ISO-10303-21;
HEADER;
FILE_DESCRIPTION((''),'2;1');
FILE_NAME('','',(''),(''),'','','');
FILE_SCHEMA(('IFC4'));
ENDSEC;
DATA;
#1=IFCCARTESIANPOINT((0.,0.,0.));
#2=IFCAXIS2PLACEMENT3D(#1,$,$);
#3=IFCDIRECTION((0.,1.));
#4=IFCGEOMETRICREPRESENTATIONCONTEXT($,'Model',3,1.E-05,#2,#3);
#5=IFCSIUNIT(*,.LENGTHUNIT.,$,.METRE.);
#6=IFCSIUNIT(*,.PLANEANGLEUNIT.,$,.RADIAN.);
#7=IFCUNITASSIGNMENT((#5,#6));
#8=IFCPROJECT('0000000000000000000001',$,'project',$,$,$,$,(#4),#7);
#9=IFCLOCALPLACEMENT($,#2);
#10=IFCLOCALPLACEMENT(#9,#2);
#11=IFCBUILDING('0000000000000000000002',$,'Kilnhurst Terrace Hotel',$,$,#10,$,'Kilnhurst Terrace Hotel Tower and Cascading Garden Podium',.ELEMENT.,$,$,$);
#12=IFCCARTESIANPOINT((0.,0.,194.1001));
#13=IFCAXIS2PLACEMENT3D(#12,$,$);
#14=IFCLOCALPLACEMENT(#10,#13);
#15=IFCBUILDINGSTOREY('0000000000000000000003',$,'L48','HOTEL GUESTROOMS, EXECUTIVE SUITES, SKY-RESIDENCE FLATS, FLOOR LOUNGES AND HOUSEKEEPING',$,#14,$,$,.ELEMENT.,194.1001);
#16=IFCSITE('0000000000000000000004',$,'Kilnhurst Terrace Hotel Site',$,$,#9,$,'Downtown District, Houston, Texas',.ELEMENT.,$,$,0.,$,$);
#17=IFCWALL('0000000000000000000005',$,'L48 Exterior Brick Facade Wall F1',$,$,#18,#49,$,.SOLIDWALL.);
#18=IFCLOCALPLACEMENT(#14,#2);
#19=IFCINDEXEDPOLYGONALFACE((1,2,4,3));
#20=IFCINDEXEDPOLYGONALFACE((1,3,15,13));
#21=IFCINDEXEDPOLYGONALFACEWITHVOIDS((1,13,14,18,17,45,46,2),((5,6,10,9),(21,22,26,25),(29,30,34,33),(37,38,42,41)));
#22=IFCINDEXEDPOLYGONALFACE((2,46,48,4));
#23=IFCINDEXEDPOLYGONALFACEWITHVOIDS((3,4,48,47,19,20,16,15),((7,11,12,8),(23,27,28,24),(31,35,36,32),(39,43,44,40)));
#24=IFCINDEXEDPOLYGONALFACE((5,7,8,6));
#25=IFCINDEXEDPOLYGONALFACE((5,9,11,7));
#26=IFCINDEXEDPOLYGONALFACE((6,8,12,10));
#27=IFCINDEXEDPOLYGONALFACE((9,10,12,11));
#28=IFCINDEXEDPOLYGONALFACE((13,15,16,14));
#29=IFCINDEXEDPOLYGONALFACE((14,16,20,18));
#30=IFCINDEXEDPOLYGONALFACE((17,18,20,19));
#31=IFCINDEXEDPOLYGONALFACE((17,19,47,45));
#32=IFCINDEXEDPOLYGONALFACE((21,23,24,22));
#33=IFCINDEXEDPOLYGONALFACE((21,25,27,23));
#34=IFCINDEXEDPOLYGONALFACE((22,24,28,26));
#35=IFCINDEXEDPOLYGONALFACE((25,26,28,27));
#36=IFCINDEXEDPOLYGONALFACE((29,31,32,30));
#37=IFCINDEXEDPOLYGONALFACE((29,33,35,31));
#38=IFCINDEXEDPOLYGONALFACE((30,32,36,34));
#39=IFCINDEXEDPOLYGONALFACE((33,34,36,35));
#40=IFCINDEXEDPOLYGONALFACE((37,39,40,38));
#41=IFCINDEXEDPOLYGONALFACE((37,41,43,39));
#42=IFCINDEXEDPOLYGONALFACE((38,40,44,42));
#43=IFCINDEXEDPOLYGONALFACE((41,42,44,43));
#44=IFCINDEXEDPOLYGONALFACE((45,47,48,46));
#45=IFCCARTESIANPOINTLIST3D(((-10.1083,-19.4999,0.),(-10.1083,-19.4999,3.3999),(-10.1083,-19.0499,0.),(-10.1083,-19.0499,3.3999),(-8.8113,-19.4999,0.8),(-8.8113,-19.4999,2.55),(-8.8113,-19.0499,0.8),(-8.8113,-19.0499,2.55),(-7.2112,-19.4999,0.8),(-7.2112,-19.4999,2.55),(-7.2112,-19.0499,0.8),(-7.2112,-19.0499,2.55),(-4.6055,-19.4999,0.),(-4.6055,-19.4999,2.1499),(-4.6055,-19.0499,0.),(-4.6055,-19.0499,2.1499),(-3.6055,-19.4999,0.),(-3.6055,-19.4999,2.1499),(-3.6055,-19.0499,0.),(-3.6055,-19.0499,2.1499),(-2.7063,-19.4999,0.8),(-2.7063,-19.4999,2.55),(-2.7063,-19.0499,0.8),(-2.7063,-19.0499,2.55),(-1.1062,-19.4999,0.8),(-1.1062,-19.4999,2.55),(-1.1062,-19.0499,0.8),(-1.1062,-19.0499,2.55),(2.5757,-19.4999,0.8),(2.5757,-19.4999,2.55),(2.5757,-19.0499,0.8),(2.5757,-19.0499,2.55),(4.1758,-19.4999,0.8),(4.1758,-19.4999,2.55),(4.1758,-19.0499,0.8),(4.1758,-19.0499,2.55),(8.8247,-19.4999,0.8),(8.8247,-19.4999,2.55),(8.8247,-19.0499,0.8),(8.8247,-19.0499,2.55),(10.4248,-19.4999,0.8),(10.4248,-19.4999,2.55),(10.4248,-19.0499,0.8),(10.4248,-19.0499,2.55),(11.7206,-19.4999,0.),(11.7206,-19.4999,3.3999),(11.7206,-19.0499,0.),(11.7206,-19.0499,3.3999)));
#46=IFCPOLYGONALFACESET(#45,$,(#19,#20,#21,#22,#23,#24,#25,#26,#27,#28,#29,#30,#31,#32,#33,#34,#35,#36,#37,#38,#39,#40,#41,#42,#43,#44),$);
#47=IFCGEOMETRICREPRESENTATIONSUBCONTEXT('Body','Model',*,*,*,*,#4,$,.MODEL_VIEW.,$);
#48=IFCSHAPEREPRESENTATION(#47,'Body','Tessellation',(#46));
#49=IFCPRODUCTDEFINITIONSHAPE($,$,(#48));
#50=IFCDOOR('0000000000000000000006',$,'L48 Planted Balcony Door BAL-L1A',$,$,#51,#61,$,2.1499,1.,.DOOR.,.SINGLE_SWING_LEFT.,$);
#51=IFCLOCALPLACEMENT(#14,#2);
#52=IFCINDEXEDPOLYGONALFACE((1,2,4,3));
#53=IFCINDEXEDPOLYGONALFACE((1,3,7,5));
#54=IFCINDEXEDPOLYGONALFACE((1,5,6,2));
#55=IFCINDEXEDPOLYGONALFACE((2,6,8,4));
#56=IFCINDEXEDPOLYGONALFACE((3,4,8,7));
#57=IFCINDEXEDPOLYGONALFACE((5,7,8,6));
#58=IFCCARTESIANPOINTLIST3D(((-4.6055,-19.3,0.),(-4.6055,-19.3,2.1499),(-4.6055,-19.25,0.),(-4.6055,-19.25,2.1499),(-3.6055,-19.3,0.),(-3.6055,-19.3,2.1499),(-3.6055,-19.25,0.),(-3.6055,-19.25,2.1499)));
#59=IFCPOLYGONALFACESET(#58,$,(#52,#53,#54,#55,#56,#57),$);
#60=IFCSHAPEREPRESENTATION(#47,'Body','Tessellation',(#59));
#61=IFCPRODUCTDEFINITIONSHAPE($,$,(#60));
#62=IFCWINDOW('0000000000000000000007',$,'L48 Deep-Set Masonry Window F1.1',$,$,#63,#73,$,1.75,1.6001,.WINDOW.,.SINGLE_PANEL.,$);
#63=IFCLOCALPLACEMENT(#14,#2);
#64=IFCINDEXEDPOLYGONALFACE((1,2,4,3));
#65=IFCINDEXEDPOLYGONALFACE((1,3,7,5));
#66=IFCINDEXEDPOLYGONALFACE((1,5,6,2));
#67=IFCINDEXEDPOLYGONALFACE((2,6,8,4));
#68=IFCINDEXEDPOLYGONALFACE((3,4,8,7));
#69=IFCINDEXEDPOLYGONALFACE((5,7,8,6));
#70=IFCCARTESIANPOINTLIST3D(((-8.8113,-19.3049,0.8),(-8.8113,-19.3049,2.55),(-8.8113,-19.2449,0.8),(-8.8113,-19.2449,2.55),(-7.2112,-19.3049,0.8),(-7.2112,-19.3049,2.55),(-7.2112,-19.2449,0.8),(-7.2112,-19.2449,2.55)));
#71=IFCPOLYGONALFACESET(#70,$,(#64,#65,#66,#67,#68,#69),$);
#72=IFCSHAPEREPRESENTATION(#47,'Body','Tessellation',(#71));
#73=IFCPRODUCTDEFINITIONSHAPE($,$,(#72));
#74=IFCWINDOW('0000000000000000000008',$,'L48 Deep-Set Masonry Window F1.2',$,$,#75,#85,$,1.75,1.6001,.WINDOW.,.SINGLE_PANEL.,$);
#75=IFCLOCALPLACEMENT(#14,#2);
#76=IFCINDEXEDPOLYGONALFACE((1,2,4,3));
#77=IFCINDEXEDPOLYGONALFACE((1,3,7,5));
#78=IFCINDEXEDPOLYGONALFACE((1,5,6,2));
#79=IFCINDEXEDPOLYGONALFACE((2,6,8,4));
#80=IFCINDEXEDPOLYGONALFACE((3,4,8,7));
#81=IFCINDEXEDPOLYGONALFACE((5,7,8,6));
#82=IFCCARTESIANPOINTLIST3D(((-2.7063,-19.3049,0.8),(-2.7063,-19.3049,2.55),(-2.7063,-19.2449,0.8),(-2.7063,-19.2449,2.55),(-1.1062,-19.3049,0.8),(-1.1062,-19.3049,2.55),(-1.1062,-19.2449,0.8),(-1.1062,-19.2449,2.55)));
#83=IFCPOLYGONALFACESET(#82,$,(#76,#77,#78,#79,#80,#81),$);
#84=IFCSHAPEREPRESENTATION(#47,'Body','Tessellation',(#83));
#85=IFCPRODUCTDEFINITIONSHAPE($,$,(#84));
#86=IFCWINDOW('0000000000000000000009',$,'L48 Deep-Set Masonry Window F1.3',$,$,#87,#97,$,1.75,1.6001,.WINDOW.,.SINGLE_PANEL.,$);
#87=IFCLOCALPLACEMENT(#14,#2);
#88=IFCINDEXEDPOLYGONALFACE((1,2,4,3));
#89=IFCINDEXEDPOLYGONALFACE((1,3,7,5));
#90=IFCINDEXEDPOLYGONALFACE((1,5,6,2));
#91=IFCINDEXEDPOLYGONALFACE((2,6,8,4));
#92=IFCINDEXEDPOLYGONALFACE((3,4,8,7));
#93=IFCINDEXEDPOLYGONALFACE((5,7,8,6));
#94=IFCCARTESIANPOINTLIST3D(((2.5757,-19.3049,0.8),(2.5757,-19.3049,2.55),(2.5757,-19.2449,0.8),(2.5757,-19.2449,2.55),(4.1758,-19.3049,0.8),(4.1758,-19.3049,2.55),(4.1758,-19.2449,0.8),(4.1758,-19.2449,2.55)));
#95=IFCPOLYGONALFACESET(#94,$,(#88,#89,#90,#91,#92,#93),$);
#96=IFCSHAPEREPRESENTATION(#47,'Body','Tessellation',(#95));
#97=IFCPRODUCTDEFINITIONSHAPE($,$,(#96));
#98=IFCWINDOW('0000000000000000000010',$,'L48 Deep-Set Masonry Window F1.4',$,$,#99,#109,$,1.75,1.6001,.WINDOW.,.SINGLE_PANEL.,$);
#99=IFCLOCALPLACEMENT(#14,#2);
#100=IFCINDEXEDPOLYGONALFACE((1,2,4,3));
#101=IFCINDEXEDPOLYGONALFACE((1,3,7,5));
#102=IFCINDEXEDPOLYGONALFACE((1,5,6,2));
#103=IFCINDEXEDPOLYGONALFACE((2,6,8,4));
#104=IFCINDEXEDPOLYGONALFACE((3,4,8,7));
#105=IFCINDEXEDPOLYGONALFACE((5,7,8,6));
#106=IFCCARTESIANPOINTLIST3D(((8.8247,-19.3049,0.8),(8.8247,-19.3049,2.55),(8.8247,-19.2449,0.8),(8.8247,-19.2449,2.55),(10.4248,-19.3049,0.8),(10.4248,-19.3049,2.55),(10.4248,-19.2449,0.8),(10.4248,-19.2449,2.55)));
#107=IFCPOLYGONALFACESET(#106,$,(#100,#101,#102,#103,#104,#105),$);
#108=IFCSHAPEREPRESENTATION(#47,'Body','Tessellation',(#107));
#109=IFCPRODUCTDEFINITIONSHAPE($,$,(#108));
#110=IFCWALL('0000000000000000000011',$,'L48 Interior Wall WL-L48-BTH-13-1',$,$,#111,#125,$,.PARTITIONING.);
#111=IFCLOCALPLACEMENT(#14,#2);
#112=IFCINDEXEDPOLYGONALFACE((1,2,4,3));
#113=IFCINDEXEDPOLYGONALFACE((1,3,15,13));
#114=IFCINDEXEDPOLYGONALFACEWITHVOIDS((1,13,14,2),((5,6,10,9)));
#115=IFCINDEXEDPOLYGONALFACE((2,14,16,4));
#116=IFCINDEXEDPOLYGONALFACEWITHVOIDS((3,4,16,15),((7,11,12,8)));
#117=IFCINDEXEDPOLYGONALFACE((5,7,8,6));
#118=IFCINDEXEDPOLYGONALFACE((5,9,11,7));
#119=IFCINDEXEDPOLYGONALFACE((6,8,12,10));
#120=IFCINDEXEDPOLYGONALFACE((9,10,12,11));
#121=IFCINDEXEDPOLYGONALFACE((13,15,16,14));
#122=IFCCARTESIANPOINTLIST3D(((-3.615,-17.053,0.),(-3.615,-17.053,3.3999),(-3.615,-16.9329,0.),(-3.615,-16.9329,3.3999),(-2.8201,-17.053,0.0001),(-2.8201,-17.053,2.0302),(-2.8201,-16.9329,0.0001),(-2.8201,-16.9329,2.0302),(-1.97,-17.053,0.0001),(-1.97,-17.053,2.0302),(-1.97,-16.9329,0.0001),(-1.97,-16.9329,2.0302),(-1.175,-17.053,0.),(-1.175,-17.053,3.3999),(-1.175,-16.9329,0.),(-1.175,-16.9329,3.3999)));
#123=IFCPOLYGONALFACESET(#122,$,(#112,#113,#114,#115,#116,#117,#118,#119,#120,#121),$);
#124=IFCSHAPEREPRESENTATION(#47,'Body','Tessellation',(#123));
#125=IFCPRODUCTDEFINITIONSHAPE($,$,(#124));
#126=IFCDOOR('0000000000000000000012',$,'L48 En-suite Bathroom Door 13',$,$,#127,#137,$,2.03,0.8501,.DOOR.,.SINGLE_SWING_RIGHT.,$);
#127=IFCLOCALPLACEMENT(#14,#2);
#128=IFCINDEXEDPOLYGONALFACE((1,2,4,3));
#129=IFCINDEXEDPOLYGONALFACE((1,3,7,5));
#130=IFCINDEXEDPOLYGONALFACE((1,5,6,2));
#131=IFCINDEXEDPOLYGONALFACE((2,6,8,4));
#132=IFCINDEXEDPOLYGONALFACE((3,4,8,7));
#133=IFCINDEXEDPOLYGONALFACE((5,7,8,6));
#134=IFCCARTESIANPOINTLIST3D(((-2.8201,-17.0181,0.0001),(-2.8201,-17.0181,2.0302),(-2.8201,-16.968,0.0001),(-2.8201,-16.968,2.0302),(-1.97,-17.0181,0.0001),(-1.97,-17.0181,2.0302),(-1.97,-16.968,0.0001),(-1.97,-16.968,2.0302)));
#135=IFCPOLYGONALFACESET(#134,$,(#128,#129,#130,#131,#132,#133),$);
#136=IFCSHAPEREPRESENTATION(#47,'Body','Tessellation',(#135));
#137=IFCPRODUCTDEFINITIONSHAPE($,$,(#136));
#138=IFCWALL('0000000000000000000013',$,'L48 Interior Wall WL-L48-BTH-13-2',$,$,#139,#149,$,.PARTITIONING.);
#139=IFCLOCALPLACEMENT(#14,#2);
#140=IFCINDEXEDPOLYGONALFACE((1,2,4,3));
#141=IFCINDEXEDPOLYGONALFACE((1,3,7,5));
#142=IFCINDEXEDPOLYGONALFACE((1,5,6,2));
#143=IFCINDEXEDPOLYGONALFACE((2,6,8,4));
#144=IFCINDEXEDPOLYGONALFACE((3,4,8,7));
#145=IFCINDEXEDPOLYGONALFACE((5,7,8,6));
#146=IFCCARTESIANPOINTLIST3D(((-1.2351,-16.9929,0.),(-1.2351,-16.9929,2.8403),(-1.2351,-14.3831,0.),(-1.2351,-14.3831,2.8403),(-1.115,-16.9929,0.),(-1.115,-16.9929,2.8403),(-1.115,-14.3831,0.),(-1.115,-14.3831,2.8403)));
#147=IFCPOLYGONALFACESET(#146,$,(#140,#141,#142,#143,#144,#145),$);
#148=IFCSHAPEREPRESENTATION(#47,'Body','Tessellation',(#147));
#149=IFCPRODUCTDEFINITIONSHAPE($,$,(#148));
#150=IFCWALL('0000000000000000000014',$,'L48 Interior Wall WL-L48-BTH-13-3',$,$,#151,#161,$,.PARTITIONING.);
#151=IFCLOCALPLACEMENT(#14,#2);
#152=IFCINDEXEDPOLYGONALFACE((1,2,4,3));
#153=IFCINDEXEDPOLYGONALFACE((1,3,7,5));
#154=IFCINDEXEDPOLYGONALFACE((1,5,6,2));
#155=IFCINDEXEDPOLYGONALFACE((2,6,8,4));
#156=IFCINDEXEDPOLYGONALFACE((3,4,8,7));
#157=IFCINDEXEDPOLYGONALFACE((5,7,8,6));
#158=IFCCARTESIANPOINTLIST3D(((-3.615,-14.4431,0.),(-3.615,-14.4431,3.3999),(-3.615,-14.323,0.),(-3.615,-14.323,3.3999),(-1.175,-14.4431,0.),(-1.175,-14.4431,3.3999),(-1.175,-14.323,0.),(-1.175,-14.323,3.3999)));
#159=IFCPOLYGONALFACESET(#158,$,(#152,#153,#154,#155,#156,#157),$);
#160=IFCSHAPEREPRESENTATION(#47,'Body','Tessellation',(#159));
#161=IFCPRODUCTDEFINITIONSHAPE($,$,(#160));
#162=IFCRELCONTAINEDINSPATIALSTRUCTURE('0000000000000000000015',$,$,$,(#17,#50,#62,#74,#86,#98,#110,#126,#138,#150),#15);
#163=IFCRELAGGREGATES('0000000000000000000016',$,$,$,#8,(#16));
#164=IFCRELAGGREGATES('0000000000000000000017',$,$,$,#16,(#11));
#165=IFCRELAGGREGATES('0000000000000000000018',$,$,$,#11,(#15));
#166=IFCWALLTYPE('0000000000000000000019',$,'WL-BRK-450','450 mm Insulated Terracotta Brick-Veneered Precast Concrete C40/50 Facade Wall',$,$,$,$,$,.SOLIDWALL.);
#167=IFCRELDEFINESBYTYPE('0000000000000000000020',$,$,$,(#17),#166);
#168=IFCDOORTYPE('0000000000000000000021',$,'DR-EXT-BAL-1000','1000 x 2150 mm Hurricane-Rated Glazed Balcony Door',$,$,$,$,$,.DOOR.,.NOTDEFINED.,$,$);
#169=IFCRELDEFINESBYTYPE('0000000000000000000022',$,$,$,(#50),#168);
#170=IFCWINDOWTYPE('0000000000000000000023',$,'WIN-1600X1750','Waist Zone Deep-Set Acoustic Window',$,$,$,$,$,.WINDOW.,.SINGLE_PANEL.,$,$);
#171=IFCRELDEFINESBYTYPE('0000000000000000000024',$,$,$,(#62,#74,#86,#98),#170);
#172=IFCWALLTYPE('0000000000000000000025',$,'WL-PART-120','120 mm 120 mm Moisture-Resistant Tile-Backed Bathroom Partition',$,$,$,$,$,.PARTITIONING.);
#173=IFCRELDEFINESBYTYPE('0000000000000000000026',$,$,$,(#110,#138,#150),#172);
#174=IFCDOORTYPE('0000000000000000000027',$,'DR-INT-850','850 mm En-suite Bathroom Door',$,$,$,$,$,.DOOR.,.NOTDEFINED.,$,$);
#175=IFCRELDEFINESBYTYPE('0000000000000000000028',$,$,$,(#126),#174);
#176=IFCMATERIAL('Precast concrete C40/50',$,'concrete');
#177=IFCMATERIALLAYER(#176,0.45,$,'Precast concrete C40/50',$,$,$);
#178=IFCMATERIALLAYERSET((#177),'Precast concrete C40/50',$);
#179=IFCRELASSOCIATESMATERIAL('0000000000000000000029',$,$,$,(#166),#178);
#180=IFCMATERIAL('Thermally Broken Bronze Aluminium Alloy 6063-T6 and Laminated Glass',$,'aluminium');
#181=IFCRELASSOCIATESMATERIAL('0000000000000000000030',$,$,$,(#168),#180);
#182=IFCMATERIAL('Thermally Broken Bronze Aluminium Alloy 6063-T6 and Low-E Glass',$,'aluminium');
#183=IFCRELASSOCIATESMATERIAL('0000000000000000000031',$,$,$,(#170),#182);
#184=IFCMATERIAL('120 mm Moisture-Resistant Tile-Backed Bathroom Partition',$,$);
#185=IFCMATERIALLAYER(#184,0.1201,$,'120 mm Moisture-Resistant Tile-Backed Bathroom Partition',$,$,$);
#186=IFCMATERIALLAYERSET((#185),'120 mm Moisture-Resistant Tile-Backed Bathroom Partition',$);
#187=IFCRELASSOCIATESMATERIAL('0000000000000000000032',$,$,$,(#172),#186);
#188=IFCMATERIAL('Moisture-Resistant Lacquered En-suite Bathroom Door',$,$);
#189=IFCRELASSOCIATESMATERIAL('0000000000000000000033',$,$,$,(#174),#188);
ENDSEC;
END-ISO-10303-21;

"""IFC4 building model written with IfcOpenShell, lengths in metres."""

from ifc_helpers import new_model, si_unit, direction, frame, frame_2d, origin, place, context, subcontext, project, spatial, rectangle, extrude, material, layer, layer_set, type_object, element, fill, save


model = new_model("IFC4")

# Units and contexts
model_context = context("Model", 3, precision=1e-05, world=origin(), true_north=direction((0.0, 1.0)))
body_context = subcontext(model_context, "Body", "Model", "MODEL_VIEW")
ifc_project = project(units=[si_unit("LENGTHUNIT", "METRE"), si_unit("PLANEANGLEUNIT", "RADIAN")], contexts=[model_context])

# Site, building, storey
site_placement = place(None, origin())
site = spatial("IfcSite", under=ifc_project, at=site_placement, Name="Kilnhurst Terrace Hotel Site", LongName="Downtown District, Houston, Texas", CompositionType="ELEMENT", RefElevation=0.0)
building_placement = place(site_placement, origin())
building = spatial("IfcBuilding", under=site, at=building_placement, Name="Kilnhurst Terrace Hotel", LongName="Kilnhurst Terrace Hotel Tower and Cascading Garden Podium", CompositionType="ELEMENT")
storey_placement = place(building_placement, frame((0.0, 0.0, 194.1001)))
storey = spatial("IfcBuildingStorey", under=building, at=storey_placement, Name="L48", Description="HOTEL GUESTROOMS, EXECUTIVE SUITES, SKY-RESIDENCE FLATS, FLOOR LOUNGES AND HOUSEKEEPING", CompositionType="ELEMENT", Elevation=194.1001)

# Shared definitions
ifc_material_1 = material(Name="Precast concrete C40/50", Category="concrete")
ifc_layer_1 = layer(ifc_material_1, 0.45, Name="Precast concrete C40/50")
ifc_layer_set_1 = layer_set([ifc_layer_1], Name="Precast concrete C40/50")
wall_type_1 = type_object("IfcWallType", Name="WL-BRK-450", Description="450 mm Insulated Terracotta Brick-Veneered Precast Concrete C40/50 Facade Wall", PredefinedType="SOLIDWALL", material=ifc_layer_set_1)

# Wall, openings, door, windows
wall_1_placement = place(storey_placement, frame((-10.1084, -19.2749, 0.0), z_axis=(0.0, 0.0, 1.0), x_axis=(1.0, 0.0, 0.0)))
wall_1 = element("IfcWall", 1, at=wall_1_placement, inside=storey, type_object=wall_type_1, Name="L48 Exterior Brick Facade Wall F1", PredefinedType="SOLIDWALL", context=body_context, shape_type="SweptSolid", body=[
    extrude(rectangle(XDim=21.8289, YDim=0.45, at=frame_2d((10.9146, 0.0))), origin(), (0.0, 0.0, 1.0), 3.3999),
])
opening_1_placement = place(wall_1_placement, frame((5.5029, 0.0, 0.0)))
opening_1 = element("IfcOpeningElement", 2, at=opening_1_placement, cuts=wall_1, PredefinedType="OPENING", context=body_context, shape_type="SweptSolid", body=[
    extrude(rectangle(XDim=1.0, YDim=2.1499, at=frame_2d((0.5, 1.075))), frame((0.0, 0.2349, 0.0), z_axis=(0.0, -1.0, 0.0), x_axis=(1.0, 0.0, 0.0)), (0.0, 0.0, 1.0), 0.47),
])
opening_2_placement = place(wall_1_placement, frame((1.2971, 0.0, 0.8)))
opening_2 = element("IfcOpeningElement", 3, at=opening_2_placement, cuts=wall_1, PredefinedType="OPENING", context=body_context, shape_type="SweptSolid", body=[
    extrude(rectangle(XDim=1.6001, YDim=1.75, at=frame_2d((0.8, 0.875))), frame((0.0, 0.2349, 0.0), z_axis=(0.0, -1.0, 0.0), x_axis=(1.0, 0.0, 0.0)), (0.0, 0.0, 1.0), 0.47),
])
opening_3_placement = place(wall_1_placement, frame((7.4021, 0.0, 0.8)))
opening_3 = element("IfcOpeningElement", 4, at=opening_3_placement, cuts=wall_1, PredefinedType="OPENING", context=body_context, shape_type="SweptSolid", body=[
    extrude(rectangle(XDim=1.6001, YDim=1.75, at=frame_2d((0.8, 0.875))), frame((0.0, 0.2349, 0.0), z_axis=(0.0, -1.0, 0.0), x_axis=(1.0, 0.0, 0.0)), (0.0, 0.0, 1.0), 0.47),
])
opening_4_placement = place(wall_1_placement, frame((12.6841, 0.0, 0.8)))
opening_4 = element("IfcOpeningElement", 5, at=opening_4_placement, cuts=wall_1, PredefinedType="OPENING", context=body_context, shape_type="SweptSolid", body=[
    extrude(rectangle(XDim=1.6001, YDim=1.75, at=frame_2d((0.8, 0.875))), frame((0.0, 0.2349, 0.0), z_axis=(0.0, -1.0, 0.0), x_axis=(1.0, 0.0, 0.0)), (0.0, 0.0, 1.0), 0.47),
])
opening_5_placement = place(wall_1_placement, frame((18.9331, 0.0, 0.8)))
opening_5 = element("IfcOpeningElement", 6, at=opening_5_placement, cuts=wall_1, PredefinedType="OPENING", context=body_context, shape_type="SweptSolid", body=[
    extrude(rectangle(XDim=1.6001, YDim=1.75, at=frame_2d((0.8, 0.875))), frame((0.0, 0.2349, 0.0), z_axis=(0.0, -1.0, 0.0), x_axis=(1.0, 0.0, 0.0)), (0.0, 0.0, 1.0), 0.47),
])
ifc_material_2 = material(Name="Thermally Broken Bronze Aluminium Alloy 6063-T6 and Laminated Glass", Category="aluminium")
door_type_1 = type_object("IfcDoorType", Name="DR-EXT-BAL-1000", Description="1000 x 2150 mm Hurricane-Rated Glazed Balcony Door", OperationType="NOTDEFINED", PredefinedType="DOOR", material=ifc_material_2)
door_1_placement = place(opening_1_placement, origin())
door_1 = element("IfcDoor", 7, at=door_1_placement, inside=storey, type_object=door_type_1, Name="L48 Planted Balcony Door BAL-L1A", OperationType="SINGLE_SWING_LEFT", OverallHeight=2.1499, OverallWidth=1.0, PredefinedType="DOOR", context=body_context, shape_type="SweptSolid", body=[
    extrude(rectangle(XDim=1.0, YDim=2.1499, at=frame_2d((0.5, 1.075))), frame((0.0, 0.0249, 0.0), z_axis=(0.0, -1.0, 0.0), x_axis=(1.0, 0.0, 0.0)), (0.0, 0.0, 1.0), 0.05),
])
fill(opening_1, door_1)
ifc_material_3 = material(Name="Thermally Broken Bronze Aluminium Alloy 6063-T6 and Low-E Glass", Category="aluminium")
window_type = type_object("IfcWindowType", Name="WIN-1600X1750", Description="Waist Zone Deep-Set Acoustic Window", PartitioningType="SINGLE_PANEL", PredefinedType="WINDOW", material=ifc_material_3)
window_1_placement = place(opening_2_placement, origin())
window_1 = element("IfcWindow", 8, at=window_1_placement, inside=storey, type_object=window_type, Name="L48 Deep-Set Masonry Window F1.1", OverallHeight=1.75, OverallWidth=1.6001, PartitioningType="SINGLE_PANEL", PredefinedType="WINDOW", context=body_context, shape_type="SweptSolid", body=[
    extrude(rectangle(XDim=1.6001, YDim=1.75, at=frame_2d((0.8, 0.875))), frame((0.0, 0.03, 0.0), z_axis=(0.0, -1.0, 0.0), x_axis=(1.0, 0.0, 0.0)), (0.0, 0.0, 1.0), 0.0601),
])
fill(opening_2, window_1)
window_2_placement = place(opening_3_placement, origin())
window_2 = element("IfcWindow", 9, at=window_2_placement, inside=storey, type_object=window_type, Name="L48 Deep-Set Masonry Window F1.2", OverallHeight=1.75, OverallWidth=1.6001, PartitioningType="SINGLE_PANEL", PredefinedType="WINDOW", context=body_context, shape_type="SweptSolid", body=[
    extrude(rectangle(XDim=1.6001, YDim=1.75, at=frame_2d((0.8, 0.875))), frame((0.0, 0.03, 0.0), z_axis=(0.0, -1.0, 0.0), x_axis=(1.0, 0.0, 0.0)), (0.0, 0.0, 1.0), 0.0601),
])
fill(opening_3, window_2)
window_3_placement = place(opening_4_placement, origin())
window_3 = element("IfcWindow", 10, at=window_3_placement, inside=storey, type_object=window_type, Name="L48 Deep-Set Masonry Window F1.3", OverallHeight=1.75, OverallWidth=1.6001, PartitioningType="SINGLE_PANEL", PredefinedType="WINDOW", context=body_context, shape_type="SweptSolid", body=[
    extrude(rectangle(XDim=1.6001, YDim=1.75, at=frame_2d((0.8, 0.875))), frame((0.0, 0.03, 0.0), z_axis=(0.0, -1.0, 0.0), x_axis=(1.0, 0.0, 0.0)), (0.0, 0.0, 1.0), 0.0601),
])
fill(opening_4, window_3)
window_4_placement = place(opening_5_placement, origin())
window_4 = element("IfcWindow", 11, at=window_4_placement, inside=storey, type_object=window_type, Name="L48 Deep-Set Masonry Window F1.4", OverallHeight=1.75, OverallWidth=1.6001, PartitioningType="SINGLE_PANEL", PredefinedType="WINDOW", context=body_context, shape_type="SweptSolid", body=[
    extrude(rectangle(XDim=1.6001, YDim=1.75, at=frame_2d((0.8, 0.875))), frame((0.0, 0.03, 0.0), z_axis=(0.0, -1.0, 0.0), x_axis=(1.0, 0.0, 0.0)), (0.0, 0.0, 1.0), 0.0601),
])
fill(opening_5, window_4)

# Wall, opening, door
ifc_material_4 = material(Name="120 mm Moisture-Resistant Tile-Backed Bathroom Partition")
ifc_layer_2 = layer(ifc_material_4, 0.1201, Name="120 mm Moisture-Resistant Tile-Backed Bathroom Partition")
ifc_layer_set_2 = layer_set([ifc_layer_2], Name="120 mm Moisture-Resistant Tile-Backed Bathroom Partition")
wall_type_2 = type_object("IfcWallType", Name="WL-PART-120", Description="120 mm 120 mm Moisture-Resistant Tile-Backed Bathroom Partition", PredefinedType="PARTITIONING", material=ifc_layer_set_2)
wall_2_placement = place(storey_placement, frame((-3.615, -16.9929, 0.0), z_axis=(0.0, 0.0, 1.0), x_axis=(1.0, 0.0, 0.0)))
wall_2 = element("IfcWall", 12, at=wall_2_placement, inside=storey, type_object=wall_type_2, Name="L48 Interior Wall WL-L48-BTH-13-1", PredefinedType="PARTITIONING", context=body_context, shape_type="SweptSolid", body=[
    extrude(rectangle(XDim=2.4399, YDim=0.1201, at=frame_2d((1.22, 0.0))), origin(), (0.0, 0.0, 1.0), 3.3999),
])
opening_6_placement = place(wall_2_placement, frame((0.7949, 0.0, 0.0)))
opening_6 = element("IfcOpeningElement", 13, at=opening_6_placement, cuts=wall_2, PredefinedType="OPENING", context=body_context, shape_type="SweptSolid", body=[
    extrude(rectangle(XDim=0.8501, YDim=2.03, at=frame_2d((0.425, 1.0151))), frame((0.0, 0.0701, 0.0), z_axis=(0.0, -1.0, 0.0), x_axis=(1.0, 0.0, 0.0)), (0.0, 0.0, 1.0), 0.1401),
])
ifc_material_5 = material(Name="Moisture-Resistant Lacquered En-suite Bathroom Door")
door_type_2 = type_object("IfcDoorType", Name="DR-INT-850", Description="850 mm En-suite Bathroom Door", OperationType="NOTDEFINED", PredefinedType="DOOR", material=ifc_material_5)
door_2_placement = place(opening_6_placement, origin())
door_2 = element("IfcDoor", 14, at=door_2_placement, inside=storey, type_object=door_type_2, Name="L48 En-suite Bathroom Door 13", OperationType="SINGLE_SWING_RIGHT", OverallHeight=2.03, OverallWidth=0.8501, PredefinedType="DOOR", context=body_context, shape_type="SweptSolid", body=[
    extrude(rectangle(XDim=0.8501, YDim=2.03, at=frame_2d((0.425, 1.0151))), frame((0.0, 0.0249, 0.0), z_axis=(0.0, -1.0, 0.0), x_axis=(1.0, 0.0, 0.0)), (0.0, 0.0, 1.0), 0.05),
])
fill(opening_6, door_2)

# Walls
wall_3_placement = place(storey_placement, frame((-1.175, -16.9929, 0.0), z_axis=(0.0, 0.0, 1.0), x_axis=(0.0, 1.0, 0.0)))
element("IfcWall", 15, at=wall_3_placement, inside=storey, type_object=wall_type_2, Name="L48 Interior Wall WL-L48-BTH-13-2", PredefinedType="PARTITIONING", context=body_context, shape_type="SweptSolid", body=[
    extrude(rectangle(XDim=2.6099, YDim=0.1201, at=frame_2d((1.3049, 0.0))), origin(), (0.0, 0.0, 1.0), 2.8403),
])
wall_4_placement = place(storey_placement, frame((-1.175, -14.3831, 0.0), z_axis=(0.0, 0.0, 1.0), x_axis=(-1.0, 0.0, 0.0)))
element("IfcWall", 16, at=wall_4_placement, inside=storey, type_object=wall_type_2, Name="L48 Interior Wall WL-L48-BTH-13-3", PredefinedType="PARTITIONING", context=body_context, shape_type="SweptSolid", body=[
    extrude(rectangle(XDim=2.4399, YDim=0.1201, at=frame_2d((1.22, 0.0))), origin(), (0.0, 0.0, 1.0), 3.3999),
])

save(model, "model.ifc")
